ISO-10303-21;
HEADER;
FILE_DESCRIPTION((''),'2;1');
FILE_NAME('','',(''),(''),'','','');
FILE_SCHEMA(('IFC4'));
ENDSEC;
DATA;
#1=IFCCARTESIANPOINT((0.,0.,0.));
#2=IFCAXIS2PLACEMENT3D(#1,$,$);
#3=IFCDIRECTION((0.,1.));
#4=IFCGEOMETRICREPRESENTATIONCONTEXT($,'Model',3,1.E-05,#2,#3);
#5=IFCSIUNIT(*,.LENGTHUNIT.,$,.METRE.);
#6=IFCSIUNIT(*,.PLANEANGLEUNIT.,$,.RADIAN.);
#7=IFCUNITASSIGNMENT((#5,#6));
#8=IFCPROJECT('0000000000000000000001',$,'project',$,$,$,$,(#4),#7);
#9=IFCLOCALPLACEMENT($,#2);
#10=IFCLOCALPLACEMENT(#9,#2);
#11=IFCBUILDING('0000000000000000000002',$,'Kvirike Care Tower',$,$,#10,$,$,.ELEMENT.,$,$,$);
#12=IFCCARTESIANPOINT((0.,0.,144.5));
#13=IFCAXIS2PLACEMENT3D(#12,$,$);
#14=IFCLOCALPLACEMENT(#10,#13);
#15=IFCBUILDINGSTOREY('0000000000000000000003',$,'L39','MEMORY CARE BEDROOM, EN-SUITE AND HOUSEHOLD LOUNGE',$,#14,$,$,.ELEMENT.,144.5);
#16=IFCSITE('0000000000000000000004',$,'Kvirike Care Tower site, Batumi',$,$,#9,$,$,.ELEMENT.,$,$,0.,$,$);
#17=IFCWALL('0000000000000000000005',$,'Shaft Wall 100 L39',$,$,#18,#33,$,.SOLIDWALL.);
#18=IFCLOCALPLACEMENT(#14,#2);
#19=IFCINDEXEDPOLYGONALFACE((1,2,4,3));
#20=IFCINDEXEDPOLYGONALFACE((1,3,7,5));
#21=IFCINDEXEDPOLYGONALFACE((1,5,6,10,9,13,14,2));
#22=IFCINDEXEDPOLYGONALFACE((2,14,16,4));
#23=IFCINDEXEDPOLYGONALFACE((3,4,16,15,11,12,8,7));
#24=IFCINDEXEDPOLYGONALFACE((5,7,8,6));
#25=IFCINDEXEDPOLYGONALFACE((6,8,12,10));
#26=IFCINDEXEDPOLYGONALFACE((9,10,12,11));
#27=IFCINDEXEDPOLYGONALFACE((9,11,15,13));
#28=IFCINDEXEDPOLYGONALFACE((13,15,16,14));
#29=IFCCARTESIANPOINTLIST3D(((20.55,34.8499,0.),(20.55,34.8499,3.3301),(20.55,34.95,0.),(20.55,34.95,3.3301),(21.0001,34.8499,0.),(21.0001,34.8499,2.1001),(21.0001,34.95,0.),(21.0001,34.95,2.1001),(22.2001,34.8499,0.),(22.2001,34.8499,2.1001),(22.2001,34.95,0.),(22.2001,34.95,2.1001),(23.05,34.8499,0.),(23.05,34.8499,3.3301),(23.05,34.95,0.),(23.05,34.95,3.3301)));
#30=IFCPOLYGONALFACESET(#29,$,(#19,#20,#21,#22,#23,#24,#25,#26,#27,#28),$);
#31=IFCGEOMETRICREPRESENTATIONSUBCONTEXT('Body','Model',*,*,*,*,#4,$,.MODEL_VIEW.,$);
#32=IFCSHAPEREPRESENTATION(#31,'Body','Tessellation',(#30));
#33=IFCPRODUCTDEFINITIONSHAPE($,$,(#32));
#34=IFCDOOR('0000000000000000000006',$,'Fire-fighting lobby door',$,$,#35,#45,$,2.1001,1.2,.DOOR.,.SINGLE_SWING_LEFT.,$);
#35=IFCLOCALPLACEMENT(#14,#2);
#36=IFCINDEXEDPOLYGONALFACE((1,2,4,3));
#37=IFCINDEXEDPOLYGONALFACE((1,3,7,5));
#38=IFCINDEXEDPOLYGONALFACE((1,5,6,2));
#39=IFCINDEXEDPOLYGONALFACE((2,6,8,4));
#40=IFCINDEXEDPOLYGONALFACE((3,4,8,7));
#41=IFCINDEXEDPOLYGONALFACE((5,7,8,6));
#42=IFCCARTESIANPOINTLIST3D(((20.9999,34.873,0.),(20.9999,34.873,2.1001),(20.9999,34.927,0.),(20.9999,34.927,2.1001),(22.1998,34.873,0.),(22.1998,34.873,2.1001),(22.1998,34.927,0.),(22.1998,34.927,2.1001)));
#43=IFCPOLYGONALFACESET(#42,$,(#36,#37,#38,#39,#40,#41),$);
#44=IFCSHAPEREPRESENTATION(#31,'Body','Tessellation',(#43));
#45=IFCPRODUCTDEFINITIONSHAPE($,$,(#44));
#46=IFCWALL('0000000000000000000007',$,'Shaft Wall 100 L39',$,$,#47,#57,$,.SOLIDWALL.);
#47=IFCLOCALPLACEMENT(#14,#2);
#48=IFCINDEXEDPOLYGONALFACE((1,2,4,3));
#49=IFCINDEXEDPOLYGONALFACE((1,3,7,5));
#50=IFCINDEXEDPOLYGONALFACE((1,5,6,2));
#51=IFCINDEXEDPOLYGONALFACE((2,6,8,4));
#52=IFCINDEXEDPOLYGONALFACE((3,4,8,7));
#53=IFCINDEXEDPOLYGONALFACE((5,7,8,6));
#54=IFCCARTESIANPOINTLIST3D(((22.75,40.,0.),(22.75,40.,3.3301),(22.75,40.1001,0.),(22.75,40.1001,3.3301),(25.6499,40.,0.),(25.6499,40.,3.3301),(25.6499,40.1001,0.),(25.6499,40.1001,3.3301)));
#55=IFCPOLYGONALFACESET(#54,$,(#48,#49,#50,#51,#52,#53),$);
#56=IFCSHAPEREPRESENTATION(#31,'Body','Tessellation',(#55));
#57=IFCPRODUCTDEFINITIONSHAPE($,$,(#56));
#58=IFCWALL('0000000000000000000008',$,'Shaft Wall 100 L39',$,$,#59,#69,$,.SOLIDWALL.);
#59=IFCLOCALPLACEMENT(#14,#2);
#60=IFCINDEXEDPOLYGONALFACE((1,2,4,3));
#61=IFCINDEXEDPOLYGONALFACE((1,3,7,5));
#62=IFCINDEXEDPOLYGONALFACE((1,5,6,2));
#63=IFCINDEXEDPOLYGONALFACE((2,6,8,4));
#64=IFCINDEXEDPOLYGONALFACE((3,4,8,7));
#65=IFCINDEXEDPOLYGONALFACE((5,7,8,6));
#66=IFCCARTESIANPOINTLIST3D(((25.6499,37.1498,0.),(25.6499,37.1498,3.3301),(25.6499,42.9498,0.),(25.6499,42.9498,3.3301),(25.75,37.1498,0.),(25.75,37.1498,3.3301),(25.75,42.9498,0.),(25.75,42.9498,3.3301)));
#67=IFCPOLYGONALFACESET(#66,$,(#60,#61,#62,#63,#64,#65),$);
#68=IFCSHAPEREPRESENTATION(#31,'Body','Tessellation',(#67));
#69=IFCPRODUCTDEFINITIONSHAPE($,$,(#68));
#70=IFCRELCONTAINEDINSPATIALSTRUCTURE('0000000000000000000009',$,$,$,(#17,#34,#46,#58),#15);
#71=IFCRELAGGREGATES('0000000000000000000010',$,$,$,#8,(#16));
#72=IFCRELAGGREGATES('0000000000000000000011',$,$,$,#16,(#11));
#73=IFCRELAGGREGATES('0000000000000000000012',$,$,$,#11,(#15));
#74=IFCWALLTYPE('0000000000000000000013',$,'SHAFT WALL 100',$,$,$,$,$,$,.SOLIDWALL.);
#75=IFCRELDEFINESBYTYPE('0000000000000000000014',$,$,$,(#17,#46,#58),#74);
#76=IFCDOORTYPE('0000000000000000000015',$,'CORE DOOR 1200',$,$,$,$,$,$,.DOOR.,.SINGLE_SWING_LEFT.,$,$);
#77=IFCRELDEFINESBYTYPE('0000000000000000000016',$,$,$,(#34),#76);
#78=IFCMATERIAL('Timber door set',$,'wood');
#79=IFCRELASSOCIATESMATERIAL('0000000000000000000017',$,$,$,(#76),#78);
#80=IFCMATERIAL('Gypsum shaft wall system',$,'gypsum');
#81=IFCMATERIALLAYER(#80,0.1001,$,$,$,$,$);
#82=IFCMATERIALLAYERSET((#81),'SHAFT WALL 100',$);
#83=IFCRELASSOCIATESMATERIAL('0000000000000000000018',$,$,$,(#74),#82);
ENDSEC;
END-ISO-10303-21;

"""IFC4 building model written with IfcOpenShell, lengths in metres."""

from ifc_helpers import new_model, si_unit, direction, frame, frame_2d, origin, place, context, subcontext, project, spatial, rectangle, extrude, material, layer, layer_set, type_object, element, fill, save


model = new_model("IFC4")

# Units and contexts
model_context = context("Model", 3, precision=1e-05, world=origin(), true_north=direction((0.0, 1.0)))
body_context = subcontext(model_context, "Body", "Model", "MODEL_VIEW")
ifc_project = project(units=[si_unit("LENGTHUNIT", "METRE"), si_unit("PLANEANGLEUNIT", "RADIAN")], contexts=[model_context])

# Site, building, storey
site_placement = place(None, origin())
site = spatial("IfcSite", under=ifc_project, at=site_placement, Name="Kvirike Care Tower site, Batumi", CompositionType="ELEMENT", RefElevation=0.0)
building_placement = place(site_placement, origin())
building = spatial("IfcBuilding", under=site, at=building_placement, Name="Kvirike Care Tower", CompositionType="ELEMENT")
storey_placement = place(building_placement, frame((0.0, 0.0, 144.5)))
storey = spatial("IfcBuildingStorey", under=building, at=storey_placement, Name="L39", Description="MEMORY CARE BEDROOM, EN-SUITE AND HOUSEHOLD LOUNGE", CompositionType="ELEMENT", Elevation=144.5)

# Shared definitions
ifc_material_1 = material(Name="Timber door set", Category="wood")
door_type_1 = type_object("IfcDoorType", Name="CORE DOOR 1200", OperationType="SINGLE_SWING_LEFT", PredefinedType="DOOR", material=ifc_material_1)

# Shared definitions
ifc_material_2 = material(Name="Gypsum shaft wall system", Category="gypsum")
ifc_layer_1 = layer(ifc_material_2, 0.1001)
ifc_layer_set_1 = layer_set([ifc_layer_1], Name="SHAFT WALL 100")
wall_type_1 = type_object("IfcWallType", Name="SHAFT WALL 100", PredefinedType="SOLIDWALL", material=ifc_layer_set_1)

# Wall, opening, door
wall_1_placement = place(storey_placement, frame((20.55, 34.8999, 0.0), z_axis=(0.0, 0.0, 1.0), x_axis=(1.0, 0.0, 0.0)))
wall_1 = element("IfcWall", 1, at=wall_1_placement, inside=storey, type_object=wall_type_1, Name="Shaft Wall 100 L39", PredefinedType="SOLIDWALL", context=body_context, shape_type="SweptSolid", body=[
    extrude(rectangle(XDim=2.5, YDim=0.1001, at=frame_2d((1.25, 0.0))), origin(), (0.0, 0.0, 1.0), 3.3301),
])
opening_1_placement = place(wall_1_placement, frame((0.45, 0.0, 0.0)))
opening_1 = element("IfcOpeningElement", 2, at=opening_1_placement, cuts=wall_1, PredefinedType="OPENING", context=body_context, shape_type="SweptSolid", body=[
    extrude(rectangle(XDim=1.2, YDim=2.1001, at=frame_2d((0.6001, 1.05))), frame((0.0, 0.0605, 0.0), z_axis=(0.0, -1.0, 0.0), x_axis=(1.0, 0.0, 0.0)), (0.0, 0.0, 1.0), 0.1211),
])
door_1_placement = place(opening_1_placement, frame((1.2, 0.0, 0.0), z_axis=(0.0, 0.0, 1.0), x_axis=(-1.0, 0.0, 0.0)))
door_1 = element("IfcDoor", 3, at=door_1_placement, inside=storey, type_object=door_type_1, Name="Fire-fighting lobby door", OperationType="SINGLE_SWING_LEFT", OverallHeight=2.1001, OverallWidth=1.2, PredefinedType="DOOR", context=body_context, shape_type="SweptSolid", body=[
    extrude(rectangle(XDim=1.2, YDim=2.1001, at=frame_2d((0.6001, 1.05))), frame((0.0, 0.0269, 0.0), z_axis=(0.0, -1.0, 0.0), x_axis=(1.0, 0.0, 0.0)), (0.0, 0.0, 1.0), 0.054),
])
fill(opening_1, door_1)

# Walls
wall_2_placement = place(storey_placement, frame((22.75, 40.05, 0.0), z_axis=(0.0, 0.0, 1.0), x_axis=(1.0, 0.0, 0.0)))
element("IfcWall", 4, at=wall_2_placement, inside=storey, type_object=wall_type_1, Name="Shaft Wall 100 L39", PredefinedType="SOLIDWALL", context=body_context, shape_type="SweptSolid", body=[
    extrude(rectangle(XDim=2.8999, YDim=0.1001, at=frame_2d((1.45, 0.0))), origin(), (0.0, 0.0, 1.0), 3.3301),
])
wall_3_placement = place(storey_placement, frame((25.7, 37.1499, 0.0), z_axis=(0.0, 0.0, 1.0), x_axis=(0.0, 1.0, 0.0)))
element("IfcWall", 5, at=wall_3_placement, inside=storey, type_object=wall_type_1, Name="Shaft Wall 100 L39", PredefinedType="SOLIDWALL", context=body_context, shape_type="SweptSolid", body=[
    extrude(rectangle(XDim=5.8, YDim=0.1001, at=frame_2d((2.8999, 0.0))), origin(), (0.0, 0.0, 1.0), 3.3301),
])

save(model, "model.ifc")
